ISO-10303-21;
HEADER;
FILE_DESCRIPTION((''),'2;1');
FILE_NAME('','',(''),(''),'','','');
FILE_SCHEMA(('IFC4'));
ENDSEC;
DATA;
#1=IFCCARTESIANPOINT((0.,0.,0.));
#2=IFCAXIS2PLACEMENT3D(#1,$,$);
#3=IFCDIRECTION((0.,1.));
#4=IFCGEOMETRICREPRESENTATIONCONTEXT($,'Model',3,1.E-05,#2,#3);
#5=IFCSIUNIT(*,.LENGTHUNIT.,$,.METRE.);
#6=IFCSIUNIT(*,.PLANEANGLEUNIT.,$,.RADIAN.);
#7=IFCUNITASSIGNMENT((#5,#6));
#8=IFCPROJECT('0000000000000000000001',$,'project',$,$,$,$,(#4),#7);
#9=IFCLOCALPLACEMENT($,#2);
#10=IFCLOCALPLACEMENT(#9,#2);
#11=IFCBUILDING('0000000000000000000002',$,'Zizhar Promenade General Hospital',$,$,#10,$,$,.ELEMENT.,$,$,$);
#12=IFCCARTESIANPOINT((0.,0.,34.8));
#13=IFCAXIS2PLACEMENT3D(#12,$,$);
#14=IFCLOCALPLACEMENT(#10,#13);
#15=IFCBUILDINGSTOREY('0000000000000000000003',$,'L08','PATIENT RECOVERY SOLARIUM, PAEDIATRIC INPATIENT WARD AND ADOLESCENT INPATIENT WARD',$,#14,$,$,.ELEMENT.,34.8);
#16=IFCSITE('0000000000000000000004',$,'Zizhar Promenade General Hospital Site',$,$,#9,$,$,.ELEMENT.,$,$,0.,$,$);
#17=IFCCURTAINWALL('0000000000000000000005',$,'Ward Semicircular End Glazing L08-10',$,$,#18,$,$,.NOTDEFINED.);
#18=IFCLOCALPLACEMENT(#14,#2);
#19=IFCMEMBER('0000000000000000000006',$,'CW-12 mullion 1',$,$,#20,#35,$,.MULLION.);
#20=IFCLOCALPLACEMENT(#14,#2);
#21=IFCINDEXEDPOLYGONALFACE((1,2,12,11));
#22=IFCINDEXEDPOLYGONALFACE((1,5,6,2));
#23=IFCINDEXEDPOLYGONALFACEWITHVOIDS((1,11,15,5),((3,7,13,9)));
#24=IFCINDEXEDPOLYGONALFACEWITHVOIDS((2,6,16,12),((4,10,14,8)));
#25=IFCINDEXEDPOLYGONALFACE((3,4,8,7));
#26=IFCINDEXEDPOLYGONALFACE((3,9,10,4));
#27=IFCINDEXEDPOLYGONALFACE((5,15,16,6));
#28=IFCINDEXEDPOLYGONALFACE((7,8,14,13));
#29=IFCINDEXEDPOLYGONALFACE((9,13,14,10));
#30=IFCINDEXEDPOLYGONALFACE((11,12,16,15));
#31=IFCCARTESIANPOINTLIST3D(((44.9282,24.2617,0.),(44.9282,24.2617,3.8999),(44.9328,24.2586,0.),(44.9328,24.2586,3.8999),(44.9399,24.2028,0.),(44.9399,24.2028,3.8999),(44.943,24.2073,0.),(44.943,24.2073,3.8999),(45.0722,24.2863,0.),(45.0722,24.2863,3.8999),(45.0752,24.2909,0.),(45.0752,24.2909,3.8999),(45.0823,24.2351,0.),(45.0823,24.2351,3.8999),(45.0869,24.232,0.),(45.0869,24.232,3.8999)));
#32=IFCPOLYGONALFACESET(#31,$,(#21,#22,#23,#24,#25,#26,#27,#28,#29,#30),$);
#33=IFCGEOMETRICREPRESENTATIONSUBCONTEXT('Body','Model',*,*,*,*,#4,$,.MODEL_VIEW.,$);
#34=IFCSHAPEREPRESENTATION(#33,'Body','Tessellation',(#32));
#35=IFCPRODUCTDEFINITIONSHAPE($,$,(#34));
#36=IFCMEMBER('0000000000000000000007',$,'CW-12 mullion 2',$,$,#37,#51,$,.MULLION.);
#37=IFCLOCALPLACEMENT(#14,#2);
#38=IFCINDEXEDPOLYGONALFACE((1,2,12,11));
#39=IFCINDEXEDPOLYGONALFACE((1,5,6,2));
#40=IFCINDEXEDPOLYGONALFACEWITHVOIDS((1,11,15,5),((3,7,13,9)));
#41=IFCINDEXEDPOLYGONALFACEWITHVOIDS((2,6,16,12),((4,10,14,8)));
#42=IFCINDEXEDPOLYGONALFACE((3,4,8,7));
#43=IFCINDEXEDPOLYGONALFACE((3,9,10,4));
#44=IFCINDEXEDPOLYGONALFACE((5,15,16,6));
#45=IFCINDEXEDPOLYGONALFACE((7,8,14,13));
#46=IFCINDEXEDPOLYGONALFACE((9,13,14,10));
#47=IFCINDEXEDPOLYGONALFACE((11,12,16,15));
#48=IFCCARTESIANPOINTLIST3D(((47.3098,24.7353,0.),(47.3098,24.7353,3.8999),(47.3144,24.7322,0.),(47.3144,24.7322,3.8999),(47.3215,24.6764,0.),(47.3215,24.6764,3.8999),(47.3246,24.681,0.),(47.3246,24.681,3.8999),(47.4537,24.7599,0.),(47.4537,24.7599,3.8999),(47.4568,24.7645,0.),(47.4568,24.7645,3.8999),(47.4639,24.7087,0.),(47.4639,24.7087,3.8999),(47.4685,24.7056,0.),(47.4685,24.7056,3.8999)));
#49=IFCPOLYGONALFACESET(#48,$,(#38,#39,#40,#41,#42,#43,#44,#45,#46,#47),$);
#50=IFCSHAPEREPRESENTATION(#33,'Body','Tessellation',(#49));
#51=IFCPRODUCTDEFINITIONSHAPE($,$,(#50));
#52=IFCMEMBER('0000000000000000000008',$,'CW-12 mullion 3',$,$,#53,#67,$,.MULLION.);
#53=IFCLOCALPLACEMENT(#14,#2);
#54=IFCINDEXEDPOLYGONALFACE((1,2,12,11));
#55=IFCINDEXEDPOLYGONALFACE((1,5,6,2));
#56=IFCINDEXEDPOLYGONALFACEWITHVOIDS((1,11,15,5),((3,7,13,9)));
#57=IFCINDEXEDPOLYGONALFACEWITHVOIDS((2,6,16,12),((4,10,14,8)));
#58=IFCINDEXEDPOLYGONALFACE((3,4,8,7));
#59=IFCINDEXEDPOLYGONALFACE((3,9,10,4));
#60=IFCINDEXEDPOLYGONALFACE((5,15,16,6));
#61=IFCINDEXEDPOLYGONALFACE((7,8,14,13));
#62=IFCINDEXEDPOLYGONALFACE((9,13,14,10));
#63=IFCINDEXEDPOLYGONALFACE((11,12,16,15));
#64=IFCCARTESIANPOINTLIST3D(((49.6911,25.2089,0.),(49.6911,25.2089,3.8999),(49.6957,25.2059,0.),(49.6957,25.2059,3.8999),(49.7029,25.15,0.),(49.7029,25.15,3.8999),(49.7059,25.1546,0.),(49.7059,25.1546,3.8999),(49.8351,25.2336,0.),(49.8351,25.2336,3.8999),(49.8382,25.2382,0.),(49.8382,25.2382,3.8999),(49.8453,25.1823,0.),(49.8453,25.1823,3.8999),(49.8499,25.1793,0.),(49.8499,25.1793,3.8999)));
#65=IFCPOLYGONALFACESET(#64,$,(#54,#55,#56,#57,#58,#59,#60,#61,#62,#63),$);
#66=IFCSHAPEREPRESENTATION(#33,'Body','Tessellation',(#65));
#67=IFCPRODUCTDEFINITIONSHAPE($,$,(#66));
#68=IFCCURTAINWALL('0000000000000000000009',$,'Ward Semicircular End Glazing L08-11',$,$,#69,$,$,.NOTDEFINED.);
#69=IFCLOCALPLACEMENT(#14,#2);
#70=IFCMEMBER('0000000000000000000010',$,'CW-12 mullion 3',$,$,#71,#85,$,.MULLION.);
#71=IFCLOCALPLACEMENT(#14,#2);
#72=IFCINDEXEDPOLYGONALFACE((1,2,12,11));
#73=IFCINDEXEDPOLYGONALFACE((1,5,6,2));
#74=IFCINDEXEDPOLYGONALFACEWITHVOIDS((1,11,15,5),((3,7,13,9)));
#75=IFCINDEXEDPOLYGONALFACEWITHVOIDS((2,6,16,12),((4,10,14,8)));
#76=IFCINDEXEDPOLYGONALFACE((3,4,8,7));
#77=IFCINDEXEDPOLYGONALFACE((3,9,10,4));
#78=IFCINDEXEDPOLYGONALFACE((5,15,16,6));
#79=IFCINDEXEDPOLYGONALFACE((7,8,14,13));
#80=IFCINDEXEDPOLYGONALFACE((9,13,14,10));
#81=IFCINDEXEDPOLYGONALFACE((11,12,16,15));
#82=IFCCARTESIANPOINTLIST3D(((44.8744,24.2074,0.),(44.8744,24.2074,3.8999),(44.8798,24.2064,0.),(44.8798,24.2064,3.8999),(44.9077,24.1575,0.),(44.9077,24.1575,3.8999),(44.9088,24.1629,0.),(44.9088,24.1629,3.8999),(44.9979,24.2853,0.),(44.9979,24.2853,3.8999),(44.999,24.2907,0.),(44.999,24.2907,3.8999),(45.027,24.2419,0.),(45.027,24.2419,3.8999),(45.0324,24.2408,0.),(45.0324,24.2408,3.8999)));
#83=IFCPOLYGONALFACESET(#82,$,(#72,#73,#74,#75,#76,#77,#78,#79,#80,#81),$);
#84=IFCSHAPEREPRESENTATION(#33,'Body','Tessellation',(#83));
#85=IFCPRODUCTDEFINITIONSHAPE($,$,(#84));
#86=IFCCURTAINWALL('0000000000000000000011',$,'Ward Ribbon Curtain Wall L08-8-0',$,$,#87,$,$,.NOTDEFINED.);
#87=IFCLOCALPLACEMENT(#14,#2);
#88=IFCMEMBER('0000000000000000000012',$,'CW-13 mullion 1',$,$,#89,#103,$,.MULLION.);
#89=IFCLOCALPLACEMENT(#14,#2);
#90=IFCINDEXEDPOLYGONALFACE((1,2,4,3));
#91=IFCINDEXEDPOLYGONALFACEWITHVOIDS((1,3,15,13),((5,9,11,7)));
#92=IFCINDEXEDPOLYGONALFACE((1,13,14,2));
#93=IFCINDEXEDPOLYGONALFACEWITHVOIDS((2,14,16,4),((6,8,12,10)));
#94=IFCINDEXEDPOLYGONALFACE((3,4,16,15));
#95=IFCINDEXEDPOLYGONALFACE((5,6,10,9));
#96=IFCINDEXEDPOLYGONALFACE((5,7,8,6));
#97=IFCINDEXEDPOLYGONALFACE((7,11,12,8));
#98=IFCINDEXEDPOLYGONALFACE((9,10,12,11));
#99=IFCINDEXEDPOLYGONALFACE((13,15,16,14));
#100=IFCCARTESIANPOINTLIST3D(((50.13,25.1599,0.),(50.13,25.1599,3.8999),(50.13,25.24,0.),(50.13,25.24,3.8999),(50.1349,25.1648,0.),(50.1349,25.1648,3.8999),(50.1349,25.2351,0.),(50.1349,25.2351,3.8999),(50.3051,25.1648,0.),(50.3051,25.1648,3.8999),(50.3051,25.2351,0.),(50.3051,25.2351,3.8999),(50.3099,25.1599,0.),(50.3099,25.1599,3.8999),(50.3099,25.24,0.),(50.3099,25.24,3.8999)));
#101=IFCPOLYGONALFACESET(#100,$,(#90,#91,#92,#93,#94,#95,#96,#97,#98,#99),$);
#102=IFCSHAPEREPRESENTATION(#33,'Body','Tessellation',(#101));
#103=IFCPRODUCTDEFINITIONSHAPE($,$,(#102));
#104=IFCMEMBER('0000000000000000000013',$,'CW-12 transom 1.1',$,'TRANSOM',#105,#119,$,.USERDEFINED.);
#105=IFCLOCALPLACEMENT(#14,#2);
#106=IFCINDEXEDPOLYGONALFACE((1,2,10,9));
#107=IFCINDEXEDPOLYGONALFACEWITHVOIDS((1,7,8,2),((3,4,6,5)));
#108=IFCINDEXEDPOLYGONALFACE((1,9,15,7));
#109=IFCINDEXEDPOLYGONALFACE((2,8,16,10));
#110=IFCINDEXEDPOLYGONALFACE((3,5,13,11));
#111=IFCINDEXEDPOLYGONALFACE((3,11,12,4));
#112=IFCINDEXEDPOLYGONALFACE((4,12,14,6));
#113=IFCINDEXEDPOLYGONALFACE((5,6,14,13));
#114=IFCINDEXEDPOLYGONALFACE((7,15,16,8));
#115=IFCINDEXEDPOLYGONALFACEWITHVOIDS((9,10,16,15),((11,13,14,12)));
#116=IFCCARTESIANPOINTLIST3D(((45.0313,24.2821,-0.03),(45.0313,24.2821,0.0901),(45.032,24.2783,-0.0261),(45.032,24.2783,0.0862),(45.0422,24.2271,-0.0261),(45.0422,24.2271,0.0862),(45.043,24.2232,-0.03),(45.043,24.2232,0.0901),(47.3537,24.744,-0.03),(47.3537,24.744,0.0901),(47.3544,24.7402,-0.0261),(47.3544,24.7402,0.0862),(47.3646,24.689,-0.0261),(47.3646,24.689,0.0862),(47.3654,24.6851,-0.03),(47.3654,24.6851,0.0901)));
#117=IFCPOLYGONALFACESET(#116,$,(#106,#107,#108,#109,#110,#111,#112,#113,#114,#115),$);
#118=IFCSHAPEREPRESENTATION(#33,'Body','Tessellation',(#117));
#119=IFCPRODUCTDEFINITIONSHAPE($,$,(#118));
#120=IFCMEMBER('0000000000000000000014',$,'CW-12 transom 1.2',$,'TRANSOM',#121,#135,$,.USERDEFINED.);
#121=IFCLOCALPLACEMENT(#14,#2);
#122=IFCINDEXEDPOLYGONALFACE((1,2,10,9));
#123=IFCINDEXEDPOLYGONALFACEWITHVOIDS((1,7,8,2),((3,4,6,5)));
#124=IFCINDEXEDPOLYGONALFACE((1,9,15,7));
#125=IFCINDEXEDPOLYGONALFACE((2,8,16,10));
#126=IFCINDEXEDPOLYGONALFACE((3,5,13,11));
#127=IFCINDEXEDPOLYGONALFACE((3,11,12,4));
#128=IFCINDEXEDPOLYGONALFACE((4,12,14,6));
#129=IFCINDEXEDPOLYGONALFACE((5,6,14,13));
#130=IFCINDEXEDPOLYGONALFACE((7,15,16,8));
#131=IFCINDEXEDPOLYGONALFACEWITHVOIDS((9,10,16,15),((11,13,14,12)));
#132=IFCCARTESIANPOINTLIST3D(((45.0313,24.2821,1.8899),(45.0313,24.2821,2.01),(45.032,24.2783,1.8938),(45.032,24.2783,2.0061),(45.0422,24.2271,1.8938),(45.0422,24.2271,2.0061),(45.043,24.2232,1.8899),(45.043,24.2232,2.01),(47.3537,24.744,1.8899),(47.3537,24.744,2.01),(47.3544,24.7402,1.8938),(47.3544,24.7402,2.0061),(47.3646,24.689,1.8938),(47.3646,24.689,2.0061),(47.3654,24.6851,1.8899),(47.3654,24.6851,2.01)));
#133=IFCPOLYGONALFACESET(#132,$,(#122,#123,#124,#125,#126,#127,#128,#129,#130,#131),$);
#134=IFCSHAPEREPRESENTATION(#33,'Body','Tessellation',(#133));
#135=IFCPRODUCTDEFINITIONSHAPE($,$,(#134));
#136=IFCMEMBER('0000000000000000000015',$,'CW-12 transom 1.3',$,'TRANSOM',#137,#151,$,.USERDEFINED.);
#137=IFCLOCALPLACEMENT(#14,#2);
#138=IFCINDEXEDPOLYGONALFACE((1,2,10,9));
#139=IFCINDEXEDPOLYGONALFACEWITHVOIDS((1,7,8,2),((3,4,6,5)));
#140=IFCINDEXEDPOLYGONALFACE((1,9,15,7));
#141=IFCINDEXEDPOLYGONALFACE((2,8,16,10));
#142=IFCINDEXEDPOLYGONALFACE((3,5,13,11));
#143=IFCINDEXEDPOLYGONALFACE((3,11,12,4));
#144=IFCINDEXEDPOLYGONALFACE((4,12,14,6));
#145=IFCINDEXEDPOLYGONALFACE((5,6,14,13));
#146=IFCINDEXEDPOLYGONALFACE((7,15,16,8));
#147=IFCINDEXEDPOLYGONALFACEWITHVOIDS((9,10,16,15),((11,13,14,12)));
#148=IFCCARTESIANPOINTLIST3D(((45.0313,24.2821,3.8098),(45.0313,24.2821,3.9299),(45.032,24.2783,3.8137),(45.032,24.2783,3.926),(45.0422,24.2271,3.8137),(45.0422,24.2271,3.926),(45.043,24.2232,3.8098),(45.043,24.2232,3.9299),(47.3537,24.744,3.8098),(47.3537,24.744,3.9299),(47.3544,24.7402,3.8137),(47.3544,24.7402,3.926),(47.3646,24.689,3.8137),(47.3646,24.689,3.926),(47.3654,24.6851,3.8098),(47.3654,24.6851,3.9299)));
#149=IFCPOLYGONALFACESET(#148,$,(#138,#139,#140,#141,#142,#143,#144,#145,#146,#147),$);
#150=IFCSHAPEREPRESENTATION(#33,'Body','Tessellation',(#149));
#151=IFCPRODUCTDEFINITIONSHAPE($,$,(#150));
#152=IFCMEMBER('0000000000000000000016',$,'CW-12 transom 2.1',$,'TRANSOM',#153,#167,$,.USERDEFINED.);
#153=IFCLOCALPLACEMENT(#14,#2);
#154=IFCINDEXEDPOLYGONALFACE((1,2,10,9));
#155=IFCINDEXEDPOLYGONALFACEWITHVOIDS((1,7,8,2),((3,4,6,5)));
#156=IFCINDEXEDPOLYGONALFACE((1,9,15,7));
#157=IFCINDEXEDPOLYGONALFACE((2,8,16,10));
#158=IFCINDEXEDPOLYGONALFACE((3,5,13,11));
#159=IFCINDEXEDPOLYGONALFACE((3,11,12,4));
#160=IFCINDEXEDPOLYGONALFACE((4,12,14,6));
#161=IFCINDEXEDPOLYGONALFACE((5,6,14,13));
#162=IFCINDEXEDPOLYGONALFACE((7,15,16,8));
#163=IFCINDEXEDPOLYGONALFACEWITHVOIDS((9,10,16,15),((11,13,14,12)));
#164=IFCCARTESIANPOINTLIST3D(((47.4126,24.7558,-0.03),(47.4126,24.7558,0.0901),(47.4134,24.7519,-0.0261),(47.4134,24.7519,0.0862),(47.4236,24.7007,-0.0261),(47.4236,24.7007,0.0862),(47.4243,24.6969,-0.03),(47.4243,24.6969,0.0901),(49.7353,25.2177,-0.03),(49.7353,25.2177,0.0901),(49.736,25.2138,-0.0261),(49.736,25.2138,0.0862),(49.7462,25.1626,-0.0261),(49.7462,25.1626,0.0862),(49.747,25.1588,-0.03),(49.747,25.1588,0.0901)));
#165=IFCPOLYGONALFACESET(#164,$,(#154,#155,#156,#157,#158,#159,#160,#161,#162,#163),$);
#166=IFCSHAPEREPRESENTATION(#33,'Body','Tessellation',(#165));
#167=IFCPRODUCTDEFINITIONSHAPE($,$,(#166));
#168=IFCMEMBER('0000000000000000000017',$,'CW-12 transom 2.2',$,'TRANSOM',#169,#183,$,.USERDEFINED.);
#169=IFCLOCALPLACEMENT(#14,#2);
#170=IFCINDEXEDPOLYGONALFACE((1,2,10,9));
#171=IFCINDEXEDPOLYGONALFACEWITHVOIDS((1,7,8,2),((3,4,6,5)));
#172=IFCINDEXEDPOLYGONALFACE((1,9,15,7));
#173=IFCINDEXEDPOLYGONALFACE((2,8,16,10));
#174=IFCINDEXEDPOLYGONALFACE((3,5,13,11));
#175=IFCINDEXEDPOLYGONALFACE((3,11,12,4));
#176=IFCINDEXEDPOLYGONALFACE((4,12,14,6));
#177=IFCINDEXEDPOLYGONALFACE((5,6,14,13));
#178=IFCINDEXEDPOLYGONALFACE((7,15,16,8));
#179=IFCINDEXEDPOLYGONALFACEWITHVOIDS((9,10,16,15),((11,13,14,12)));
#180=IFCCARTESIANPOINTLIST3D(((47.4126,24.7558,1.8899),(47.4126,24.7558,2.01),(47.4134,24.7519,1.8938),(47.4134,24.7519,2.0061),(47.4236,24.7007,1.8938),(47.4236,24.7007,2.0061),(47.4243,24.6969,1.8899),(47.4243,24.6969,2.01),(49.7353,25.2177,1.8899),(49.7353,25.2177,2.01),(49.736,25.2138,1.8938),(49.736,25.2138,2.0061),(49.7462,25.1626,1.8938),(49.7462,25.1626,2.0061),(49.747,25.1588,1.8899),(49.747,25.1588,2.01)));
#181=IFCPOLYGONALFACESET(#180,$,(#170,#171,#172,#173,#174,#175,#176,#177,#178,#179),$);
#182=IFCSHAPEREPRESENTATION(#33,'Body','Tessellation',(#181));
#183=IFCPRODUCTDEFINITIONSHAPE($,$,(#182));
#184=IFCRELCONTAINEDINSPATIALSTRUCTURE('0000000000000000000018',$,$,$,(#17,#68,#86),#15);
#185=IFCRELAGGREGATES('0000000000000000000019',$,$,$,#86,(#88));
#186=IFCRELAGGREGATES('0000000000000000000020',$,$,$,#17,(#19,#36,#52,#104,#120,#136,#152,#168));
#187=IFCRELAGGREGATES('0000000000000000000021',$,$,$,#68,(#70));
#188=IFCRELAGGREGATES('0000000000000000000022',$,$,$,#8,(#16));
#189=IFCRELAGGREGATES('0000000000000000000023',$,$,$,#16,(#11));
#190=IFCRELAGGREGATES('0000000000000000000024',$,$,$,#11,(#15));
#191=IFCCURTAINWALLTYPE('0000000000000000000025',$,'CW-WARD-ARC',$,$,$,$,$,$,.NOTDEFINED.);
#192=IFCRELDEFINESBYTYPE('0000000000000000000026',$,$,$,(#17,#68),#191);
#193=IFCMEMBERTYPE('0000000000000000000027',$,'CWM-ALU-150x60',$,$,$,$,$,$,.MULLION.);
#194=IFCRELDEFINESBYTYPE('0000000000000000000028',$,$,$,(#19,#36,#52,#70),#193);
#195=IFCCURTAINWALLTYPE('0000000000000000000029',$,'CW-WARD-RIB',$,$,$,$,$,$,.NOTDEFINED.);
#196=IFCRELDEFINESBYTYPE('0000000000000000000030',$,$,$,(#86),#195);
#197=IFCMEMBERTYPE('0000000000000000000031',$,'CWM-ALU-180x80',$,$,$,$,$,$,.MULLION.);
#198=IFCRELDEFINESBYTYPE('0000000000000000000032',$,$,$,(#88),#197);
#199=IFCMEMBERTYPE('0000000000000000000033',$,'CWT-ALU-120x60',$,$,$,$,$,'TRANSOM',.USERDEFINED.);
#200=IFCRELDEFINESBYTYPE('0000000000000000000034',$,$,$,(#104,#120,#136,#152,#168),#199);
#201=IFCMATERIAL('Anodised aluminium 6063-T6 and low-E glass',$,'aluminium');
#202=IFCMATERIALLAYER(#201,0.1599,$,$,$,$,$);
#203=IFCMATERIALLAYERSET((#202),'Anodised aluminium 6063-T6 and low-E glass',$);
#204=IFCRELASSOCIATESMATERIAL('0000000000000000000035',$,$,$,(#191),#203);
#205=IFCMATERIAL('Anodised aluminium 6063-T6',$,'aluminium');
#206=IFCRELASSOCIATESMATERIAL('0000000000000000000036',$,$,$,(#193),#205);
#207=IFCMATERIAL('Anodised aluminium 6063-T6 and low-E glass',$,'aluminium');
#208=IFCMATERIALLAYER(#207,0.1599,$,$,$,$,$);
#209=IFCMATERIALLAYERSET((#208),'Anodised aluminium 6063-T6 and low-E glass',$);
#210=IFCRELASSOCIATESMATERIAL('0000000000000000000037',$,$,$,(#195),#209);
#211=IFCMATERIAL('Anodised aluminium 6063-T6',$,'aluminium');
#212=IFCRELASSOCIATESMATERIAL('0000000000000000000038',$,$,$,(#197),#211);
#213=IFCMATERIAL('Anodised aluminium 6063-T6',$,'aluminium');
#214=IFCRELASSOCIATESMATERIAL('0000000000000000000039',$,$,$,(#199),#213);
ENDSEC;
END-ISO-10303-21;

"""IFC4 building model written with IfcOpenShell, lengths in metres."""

from ifc_helpers import new_model, si_unit, direction, frame, origin, origin_2d, place, context, subcontext, project, spatial, hollow_rectangle, extrude, material, layer, layer_set, material_profile, profile_set, type_object, element, aggregate, save


model = new_model("IFC4")

# Units and contexts
model_context = context("Model", 3, precision=1e-05, world=origin(), true_north=direction((0.0, 1.0)))
body_context = subcontext(model_context, "Body", "Model", "MODEL_VIEW")
ifc_project = project(units=[si_unit("LENGTHUNIT", "METRE"), si_unit("PLANEANGLEUNIT", "RADIAN")], contexts=[model_context])

# Site, building, storey
site_placement = place(None, origin())
site = spatial("IfcSite", under=ifc_project, at=site_placement, Name="Zizhar Promenade General Hospital Site", CompositionType="ELEMENT", RefElevation=0.0)
building_placement = place(site_placement, origin())
building = spatial("IfcBuilding", under=site, at=building_placement, Name="Zizhar Promenade General Hospital", CompositionType="ELEMENT")
storey_placement = place(building_placement, frame((0.0, 0.0, 34.8)))
storey = spatial("IfcBuildingStorey", under=building, at=storey_placement, Name="L08", Description="PATIENT RECOVERY SOLARIUM, PAEDIATRIC INPATIENT WARD AND ADOLESCENT INPATIENT WARD", CompositionType="ELEMENT", Elevation=34.8)

# Curtain wall, members
ifc_material_1 = material(Name="Anodised aluminium 6063-T6 and low-E glass", Category="aluminium")
ifc_layer_1 = layer(ifc_material_1, 0.1599)
ifc_layer_set_1 = layer_set([ifc_layer_1], Name="Anodised aluminium 6063-T6 and low-E glass")
curtain_wall_type_1 = type_object("IfcCurtainWallType", Name="CW-WARD-ARC", PredefinedType="NOTDEFINED", material=ifc_layer_set_1)
curtain_wall_1_placement = place(storey_placement, origin())
curtain_wall_1 = element("IfcCurtainWall", 1, at=curtain_wall_1_placement, inside=storey, type_object=curtain_wall_type_1, Name="Ward Semicircular End Glazing L08-10", PredefinedType="NOTDEFINED")
ifc_material_2 = material(Name="Anodised aluminium 6063-T6", Category="aluminium")
ifc_material_profile_1 = material_profile(ifc_material_2, hollow_rectangle(XDim=0.0601, YDim=0.1499, WallThickness=0.0039, at=origin_2d()))
ifc_profile_set_1 = profile_set([ifc_material_profile_1], Name="Anodised aluminium 6063-T6")
member_type_1 = type_object("IfcMemberType", Name="CWM-ALU-150x60", PredefinedType="MULLION", material=ifc_profile_set_1)
member_1_placement = place(storey_placement, frame((45.0076, 24.2468, 0.0), z_axis=(0.0, 0.0, 1.0), x_axis=(-0.195087, 0.980786, 0.0)))
member_1 = element("IfcMember", 2, at=member_1_placement, type_object=member_type_1, Name="CW-12 mullion 1", PredefinedType="MULLION", context=body_context, shape_type="SweptSolid", body=[
    extrude(hollow_rectangle(XDim=0.0601, YDim=0.1499, WallThickness=0.0039, at=origin_2d()), origin(), (0.0, 0.0, 1.0), 3.8999),
])
member_2_placement = place(storey_placement, frame((47.3892, 24.7205, 0.0), z_axis=(0.0, 0.0, 1.0), x_axis=(-0.195087, 0.980786, 0.0)))
member_2 = element("IfcMember", 3, at=member_2_placement, type_object=member_type_1, Name="CW-12 mullion 2", PredefinedType="MULLION", context=body_context, shape_type="SweptSolid", body=[
    extrude(hollow_rectangle(XDim=0.0601, YDim=0.1499, WallThickness=0.0039, at=origin_2d()), origin(), (0.0, 0.0, 1.0), 3.8999),
])
member_3_placement = place(storey_placement, frame((49.7705, 25.1941, 0.0), z_axis=(0.0, 0.0, 1.0), x_axis=(-0.195087, 0.980786, 0.0)))
member_3 = element("IfcMember", 4, at=member_3_placement, type_object=member_type_1, Name="CW-12 mullion 3", PredefinedType="MULLION", context=body_context, shape_type="SweptSolid", body=[
    extrude(hollow_rectangle(XDim=0.0601, YDim=0.1499, WallThickness=0.0039, at=origin_2d()), origin(), (0.0, 0.0, 1.0), 3.8999),
])

# Curtain walls, members
curtain_wall_2_placement = place(storey_placement, origin())
curtain_wall_2 = element("IfcCurtainWall", 5, at=curtain_wall_2_placement, inside=storey, type_object=curtain_wall_type_1, Name="Ward Semicircular End Glazing L08-11", PredefinedType="NOTDEFINED")
member_4_placement = place(storey_placement, frame((44.9534, 24.2241, 0.0), z_axis=(0.0, 0.0, 1.0), x_axis=(-0.555582, 0.831462, 0.0)))
member_4 = element("IfcMember", 6, at=member_4_placement, type_object=member_type_1, Name="CW-12 mullion 3", PredefinedType="MULLION", context=body_context, shape_type="SweptSolid", body=[
    extrude(hollow_rectangle(XDim=0.0601, YDim=0.1499, WallThickness=0.0039, at=origin_2d()), origin(), (0.0, 0.0, 1.0), 3.8999),
])
ifc_material_3 = material(Name="Anodised aluminium 6063-T6 and low-E glass", Category="aluminium")
ifc_layer_2 = layer(ifc_material_3, 0.1599)
ifc_layer_set_2 = layer_set([ifc_layer_2], Name="Anodised aluminium 6063-T6 and low-E glass")
curtain_wall_type_2 = type_object("IfcCurtainWallType", Name="CW-WARD-RIB", PredefinedType="NOTDEFINED", material=ifc_layer_set_2)
curtain_wall_3_placement = place(storey_placement, origin())
curtain_wall_3 = element("IfcCurtainWall", 7, at=curtain_wall_3_placement, inside=storey, type_object=curtain_wall_type_2, Name="Ward Ribbon Curtain Wall L08-8-0", PredefinedType="NOTDEFINED")
ifc_material_4 = material(Name="Anodised aluminium 6063-T6", Category="aluminium")
ifc_material_profile_2 = material_profile(ifc_material_4, hollow_rectangle(XDim=0.0801, YDim=0.1799, WallThickness=0.0049, at=origin_2d()))
ifc_profile_set_2 = profile_set([ifc_material_profile_2], Name="Anodised aluminium 6063-T6")
member_type_2 = type_object("IfcMemberType", Name="CWM-ALU-180x80", PredefinedType="MULLION", material=ifc_profile_set_2)
member_5_placement = place(storey_placement, frame((50.22, 25.2, 0.0), z_axis=(0.0, 0.0, 1.0), x_axis=(0.0, 1.0, 0.0)))
member_5 = element("IfcMember", 8, at=member_5_placement, type_object=member_type_2, Name="CW-13 mullion 1", PredefinedType="MULLION", context=body_context, shape_type="SweptSolid", body=[
    extrude(hollow_rectangle(XDim=0.0801, YDim=0.1799, WallThickness=0.0049, at=origin_2d()), origin(), (0.0, 0.0, 1.0), 3.8999),
])

# Members
ifc_material_5 = material(Name="Anodised aluminium 6063-T6", Category="aluminium")
ifc_material_profile_3 = material_profile(ifc_material_5, hollow_rectangle(XDim=0.0601, YDim=0.1201, WallThickness=0.0039, at=origin_2d()))
ifc_profile_set_3 = profile_set([ifc_material_profile_3], Name="Anodised aluminium 6063-T6")
member_type_3 = type_object("IfcMemberType", Name="CWT-ALU-120x60", ElementType="TRANSOM", PredefinedType="USERDEFINED", material=ifc_profile_set_3)
member_6_placement = place(storey_placement, frame((45.0371, 24.2527, 0.03), z_axis=(0.98079, 0.195065, 0.0), x_axis=(-0.195065, 0.98079, 0.0)))
member_6 = element("IfcMember", 9, at=member_6_placement, type_object=member_type_3, Name="CW-12 transom 1.1", ObjectType="TRANSOM", PredefinedType="USERDEFINED", context=body_context, shape_type="SweptSolid", body=[
    extrude(hollow_rectangle(XDim=0.0601, YDim=0.1201, WallThickness=0.0039, at=origin_2d()), origin(), (0.0, 0.0, 1.0), 2.3679),
])
member_7_placement = place(storey_placement, frame((45.0371, 24.2527, 1.95), z_axis=(0.98079, 0.195065, 0.0), x_axis=(-0.195065, 0.98079, 0.0)))
member_7 = element("IfcMember", 10, at=member_7_placement, type_object=member_type_3, Name="CW-12 transom 1.2", ObjectType="TRANSOM", PredefinedType="USERDEFINED", context=body_context, shape_type="SweptSolid", body=[
    extrude(hollow_rectangle(XDim=0.0601, YDim=0.1201, WallThickness=0.0039, at=origin_2d()), origin(), (0.0, 0.0, 1.0), 2.3679),
])
member_8_placement = place(storey_placement, frame((45.0371, 24.2527, 3.8699), z_axis=(0.98079, 0.195065, 0.0), x_axis=(-0.195065, 0.98079, 0.0)))
member_8 = element("IfcMember", 11, at=member_8_placement, type_object=member_type_3, Name="CW-12 transom 1.3", ObjectType="TRANSOM", PredefinedType="USERDEFINED", context=body_context, shape_type="SweptSolid", body=[
    extrude(hollow_rectangle(XDim=0.0601, YDim=0.1201, WallThickness=0.0039, at=origin_2d()), origin(), (0.0, 0.0, 1.0), 2.3679),
])
member_9_placement = place(storey_placement, frame((47.4185, 24.7263, 0.03), z_axis=(0.980794, 0.195045, 0.0), x_axis=(-0.195045, 0.980794, 0.0)))
member_9 = element("IfcMember", 12, at=member_9_placement, type_object=member_type_3, Name="CW-12 transom 2.1", ObjectType="TRANSOM", PredefinedType="USERDEFINED", context=body_context, shape_type="SweptSolid", body=[
    extrude(hollow_rectangle(XDim=0.0601, YDim=0.1201, WallThickness=0.0039, at=origin_2d()), origin(), (0.0, 0.0, 1.0), 2.3682),
])
member_10_placement = place(storey_placement, frame((47.4185, 24.7263, 1.95), z_axis=(0.980794, 0.195045, 0.0), x_axis=(-0.195045, 0.980794, 0.0)))
member_10 = element("IfcMember", 13, at=member_10_placement, type_object=member_type_3, Name="CW-12 transom 2.2", ObjectType="TRANSOM", PredefinedType="USERDEFINED", context=body_context, shape_type="SweptSolid", body=[
    extrude(hollow_rectangle(XDim=0.0601, YDim=0.1201, WallThickness=0.0039, at=origin_2d()), origin(), (0.0, 0.0, 1.0), 2.3682),
])

aggregate(curtain_wall_3, [member_5])
aggregate(curtain_wall_1, [member_1, member_2, member_3, member_6, member_7, member_8, member_9, member_10])
aggregate(curtain_wall_2, [member_4])

save(model, "model.ifc")
